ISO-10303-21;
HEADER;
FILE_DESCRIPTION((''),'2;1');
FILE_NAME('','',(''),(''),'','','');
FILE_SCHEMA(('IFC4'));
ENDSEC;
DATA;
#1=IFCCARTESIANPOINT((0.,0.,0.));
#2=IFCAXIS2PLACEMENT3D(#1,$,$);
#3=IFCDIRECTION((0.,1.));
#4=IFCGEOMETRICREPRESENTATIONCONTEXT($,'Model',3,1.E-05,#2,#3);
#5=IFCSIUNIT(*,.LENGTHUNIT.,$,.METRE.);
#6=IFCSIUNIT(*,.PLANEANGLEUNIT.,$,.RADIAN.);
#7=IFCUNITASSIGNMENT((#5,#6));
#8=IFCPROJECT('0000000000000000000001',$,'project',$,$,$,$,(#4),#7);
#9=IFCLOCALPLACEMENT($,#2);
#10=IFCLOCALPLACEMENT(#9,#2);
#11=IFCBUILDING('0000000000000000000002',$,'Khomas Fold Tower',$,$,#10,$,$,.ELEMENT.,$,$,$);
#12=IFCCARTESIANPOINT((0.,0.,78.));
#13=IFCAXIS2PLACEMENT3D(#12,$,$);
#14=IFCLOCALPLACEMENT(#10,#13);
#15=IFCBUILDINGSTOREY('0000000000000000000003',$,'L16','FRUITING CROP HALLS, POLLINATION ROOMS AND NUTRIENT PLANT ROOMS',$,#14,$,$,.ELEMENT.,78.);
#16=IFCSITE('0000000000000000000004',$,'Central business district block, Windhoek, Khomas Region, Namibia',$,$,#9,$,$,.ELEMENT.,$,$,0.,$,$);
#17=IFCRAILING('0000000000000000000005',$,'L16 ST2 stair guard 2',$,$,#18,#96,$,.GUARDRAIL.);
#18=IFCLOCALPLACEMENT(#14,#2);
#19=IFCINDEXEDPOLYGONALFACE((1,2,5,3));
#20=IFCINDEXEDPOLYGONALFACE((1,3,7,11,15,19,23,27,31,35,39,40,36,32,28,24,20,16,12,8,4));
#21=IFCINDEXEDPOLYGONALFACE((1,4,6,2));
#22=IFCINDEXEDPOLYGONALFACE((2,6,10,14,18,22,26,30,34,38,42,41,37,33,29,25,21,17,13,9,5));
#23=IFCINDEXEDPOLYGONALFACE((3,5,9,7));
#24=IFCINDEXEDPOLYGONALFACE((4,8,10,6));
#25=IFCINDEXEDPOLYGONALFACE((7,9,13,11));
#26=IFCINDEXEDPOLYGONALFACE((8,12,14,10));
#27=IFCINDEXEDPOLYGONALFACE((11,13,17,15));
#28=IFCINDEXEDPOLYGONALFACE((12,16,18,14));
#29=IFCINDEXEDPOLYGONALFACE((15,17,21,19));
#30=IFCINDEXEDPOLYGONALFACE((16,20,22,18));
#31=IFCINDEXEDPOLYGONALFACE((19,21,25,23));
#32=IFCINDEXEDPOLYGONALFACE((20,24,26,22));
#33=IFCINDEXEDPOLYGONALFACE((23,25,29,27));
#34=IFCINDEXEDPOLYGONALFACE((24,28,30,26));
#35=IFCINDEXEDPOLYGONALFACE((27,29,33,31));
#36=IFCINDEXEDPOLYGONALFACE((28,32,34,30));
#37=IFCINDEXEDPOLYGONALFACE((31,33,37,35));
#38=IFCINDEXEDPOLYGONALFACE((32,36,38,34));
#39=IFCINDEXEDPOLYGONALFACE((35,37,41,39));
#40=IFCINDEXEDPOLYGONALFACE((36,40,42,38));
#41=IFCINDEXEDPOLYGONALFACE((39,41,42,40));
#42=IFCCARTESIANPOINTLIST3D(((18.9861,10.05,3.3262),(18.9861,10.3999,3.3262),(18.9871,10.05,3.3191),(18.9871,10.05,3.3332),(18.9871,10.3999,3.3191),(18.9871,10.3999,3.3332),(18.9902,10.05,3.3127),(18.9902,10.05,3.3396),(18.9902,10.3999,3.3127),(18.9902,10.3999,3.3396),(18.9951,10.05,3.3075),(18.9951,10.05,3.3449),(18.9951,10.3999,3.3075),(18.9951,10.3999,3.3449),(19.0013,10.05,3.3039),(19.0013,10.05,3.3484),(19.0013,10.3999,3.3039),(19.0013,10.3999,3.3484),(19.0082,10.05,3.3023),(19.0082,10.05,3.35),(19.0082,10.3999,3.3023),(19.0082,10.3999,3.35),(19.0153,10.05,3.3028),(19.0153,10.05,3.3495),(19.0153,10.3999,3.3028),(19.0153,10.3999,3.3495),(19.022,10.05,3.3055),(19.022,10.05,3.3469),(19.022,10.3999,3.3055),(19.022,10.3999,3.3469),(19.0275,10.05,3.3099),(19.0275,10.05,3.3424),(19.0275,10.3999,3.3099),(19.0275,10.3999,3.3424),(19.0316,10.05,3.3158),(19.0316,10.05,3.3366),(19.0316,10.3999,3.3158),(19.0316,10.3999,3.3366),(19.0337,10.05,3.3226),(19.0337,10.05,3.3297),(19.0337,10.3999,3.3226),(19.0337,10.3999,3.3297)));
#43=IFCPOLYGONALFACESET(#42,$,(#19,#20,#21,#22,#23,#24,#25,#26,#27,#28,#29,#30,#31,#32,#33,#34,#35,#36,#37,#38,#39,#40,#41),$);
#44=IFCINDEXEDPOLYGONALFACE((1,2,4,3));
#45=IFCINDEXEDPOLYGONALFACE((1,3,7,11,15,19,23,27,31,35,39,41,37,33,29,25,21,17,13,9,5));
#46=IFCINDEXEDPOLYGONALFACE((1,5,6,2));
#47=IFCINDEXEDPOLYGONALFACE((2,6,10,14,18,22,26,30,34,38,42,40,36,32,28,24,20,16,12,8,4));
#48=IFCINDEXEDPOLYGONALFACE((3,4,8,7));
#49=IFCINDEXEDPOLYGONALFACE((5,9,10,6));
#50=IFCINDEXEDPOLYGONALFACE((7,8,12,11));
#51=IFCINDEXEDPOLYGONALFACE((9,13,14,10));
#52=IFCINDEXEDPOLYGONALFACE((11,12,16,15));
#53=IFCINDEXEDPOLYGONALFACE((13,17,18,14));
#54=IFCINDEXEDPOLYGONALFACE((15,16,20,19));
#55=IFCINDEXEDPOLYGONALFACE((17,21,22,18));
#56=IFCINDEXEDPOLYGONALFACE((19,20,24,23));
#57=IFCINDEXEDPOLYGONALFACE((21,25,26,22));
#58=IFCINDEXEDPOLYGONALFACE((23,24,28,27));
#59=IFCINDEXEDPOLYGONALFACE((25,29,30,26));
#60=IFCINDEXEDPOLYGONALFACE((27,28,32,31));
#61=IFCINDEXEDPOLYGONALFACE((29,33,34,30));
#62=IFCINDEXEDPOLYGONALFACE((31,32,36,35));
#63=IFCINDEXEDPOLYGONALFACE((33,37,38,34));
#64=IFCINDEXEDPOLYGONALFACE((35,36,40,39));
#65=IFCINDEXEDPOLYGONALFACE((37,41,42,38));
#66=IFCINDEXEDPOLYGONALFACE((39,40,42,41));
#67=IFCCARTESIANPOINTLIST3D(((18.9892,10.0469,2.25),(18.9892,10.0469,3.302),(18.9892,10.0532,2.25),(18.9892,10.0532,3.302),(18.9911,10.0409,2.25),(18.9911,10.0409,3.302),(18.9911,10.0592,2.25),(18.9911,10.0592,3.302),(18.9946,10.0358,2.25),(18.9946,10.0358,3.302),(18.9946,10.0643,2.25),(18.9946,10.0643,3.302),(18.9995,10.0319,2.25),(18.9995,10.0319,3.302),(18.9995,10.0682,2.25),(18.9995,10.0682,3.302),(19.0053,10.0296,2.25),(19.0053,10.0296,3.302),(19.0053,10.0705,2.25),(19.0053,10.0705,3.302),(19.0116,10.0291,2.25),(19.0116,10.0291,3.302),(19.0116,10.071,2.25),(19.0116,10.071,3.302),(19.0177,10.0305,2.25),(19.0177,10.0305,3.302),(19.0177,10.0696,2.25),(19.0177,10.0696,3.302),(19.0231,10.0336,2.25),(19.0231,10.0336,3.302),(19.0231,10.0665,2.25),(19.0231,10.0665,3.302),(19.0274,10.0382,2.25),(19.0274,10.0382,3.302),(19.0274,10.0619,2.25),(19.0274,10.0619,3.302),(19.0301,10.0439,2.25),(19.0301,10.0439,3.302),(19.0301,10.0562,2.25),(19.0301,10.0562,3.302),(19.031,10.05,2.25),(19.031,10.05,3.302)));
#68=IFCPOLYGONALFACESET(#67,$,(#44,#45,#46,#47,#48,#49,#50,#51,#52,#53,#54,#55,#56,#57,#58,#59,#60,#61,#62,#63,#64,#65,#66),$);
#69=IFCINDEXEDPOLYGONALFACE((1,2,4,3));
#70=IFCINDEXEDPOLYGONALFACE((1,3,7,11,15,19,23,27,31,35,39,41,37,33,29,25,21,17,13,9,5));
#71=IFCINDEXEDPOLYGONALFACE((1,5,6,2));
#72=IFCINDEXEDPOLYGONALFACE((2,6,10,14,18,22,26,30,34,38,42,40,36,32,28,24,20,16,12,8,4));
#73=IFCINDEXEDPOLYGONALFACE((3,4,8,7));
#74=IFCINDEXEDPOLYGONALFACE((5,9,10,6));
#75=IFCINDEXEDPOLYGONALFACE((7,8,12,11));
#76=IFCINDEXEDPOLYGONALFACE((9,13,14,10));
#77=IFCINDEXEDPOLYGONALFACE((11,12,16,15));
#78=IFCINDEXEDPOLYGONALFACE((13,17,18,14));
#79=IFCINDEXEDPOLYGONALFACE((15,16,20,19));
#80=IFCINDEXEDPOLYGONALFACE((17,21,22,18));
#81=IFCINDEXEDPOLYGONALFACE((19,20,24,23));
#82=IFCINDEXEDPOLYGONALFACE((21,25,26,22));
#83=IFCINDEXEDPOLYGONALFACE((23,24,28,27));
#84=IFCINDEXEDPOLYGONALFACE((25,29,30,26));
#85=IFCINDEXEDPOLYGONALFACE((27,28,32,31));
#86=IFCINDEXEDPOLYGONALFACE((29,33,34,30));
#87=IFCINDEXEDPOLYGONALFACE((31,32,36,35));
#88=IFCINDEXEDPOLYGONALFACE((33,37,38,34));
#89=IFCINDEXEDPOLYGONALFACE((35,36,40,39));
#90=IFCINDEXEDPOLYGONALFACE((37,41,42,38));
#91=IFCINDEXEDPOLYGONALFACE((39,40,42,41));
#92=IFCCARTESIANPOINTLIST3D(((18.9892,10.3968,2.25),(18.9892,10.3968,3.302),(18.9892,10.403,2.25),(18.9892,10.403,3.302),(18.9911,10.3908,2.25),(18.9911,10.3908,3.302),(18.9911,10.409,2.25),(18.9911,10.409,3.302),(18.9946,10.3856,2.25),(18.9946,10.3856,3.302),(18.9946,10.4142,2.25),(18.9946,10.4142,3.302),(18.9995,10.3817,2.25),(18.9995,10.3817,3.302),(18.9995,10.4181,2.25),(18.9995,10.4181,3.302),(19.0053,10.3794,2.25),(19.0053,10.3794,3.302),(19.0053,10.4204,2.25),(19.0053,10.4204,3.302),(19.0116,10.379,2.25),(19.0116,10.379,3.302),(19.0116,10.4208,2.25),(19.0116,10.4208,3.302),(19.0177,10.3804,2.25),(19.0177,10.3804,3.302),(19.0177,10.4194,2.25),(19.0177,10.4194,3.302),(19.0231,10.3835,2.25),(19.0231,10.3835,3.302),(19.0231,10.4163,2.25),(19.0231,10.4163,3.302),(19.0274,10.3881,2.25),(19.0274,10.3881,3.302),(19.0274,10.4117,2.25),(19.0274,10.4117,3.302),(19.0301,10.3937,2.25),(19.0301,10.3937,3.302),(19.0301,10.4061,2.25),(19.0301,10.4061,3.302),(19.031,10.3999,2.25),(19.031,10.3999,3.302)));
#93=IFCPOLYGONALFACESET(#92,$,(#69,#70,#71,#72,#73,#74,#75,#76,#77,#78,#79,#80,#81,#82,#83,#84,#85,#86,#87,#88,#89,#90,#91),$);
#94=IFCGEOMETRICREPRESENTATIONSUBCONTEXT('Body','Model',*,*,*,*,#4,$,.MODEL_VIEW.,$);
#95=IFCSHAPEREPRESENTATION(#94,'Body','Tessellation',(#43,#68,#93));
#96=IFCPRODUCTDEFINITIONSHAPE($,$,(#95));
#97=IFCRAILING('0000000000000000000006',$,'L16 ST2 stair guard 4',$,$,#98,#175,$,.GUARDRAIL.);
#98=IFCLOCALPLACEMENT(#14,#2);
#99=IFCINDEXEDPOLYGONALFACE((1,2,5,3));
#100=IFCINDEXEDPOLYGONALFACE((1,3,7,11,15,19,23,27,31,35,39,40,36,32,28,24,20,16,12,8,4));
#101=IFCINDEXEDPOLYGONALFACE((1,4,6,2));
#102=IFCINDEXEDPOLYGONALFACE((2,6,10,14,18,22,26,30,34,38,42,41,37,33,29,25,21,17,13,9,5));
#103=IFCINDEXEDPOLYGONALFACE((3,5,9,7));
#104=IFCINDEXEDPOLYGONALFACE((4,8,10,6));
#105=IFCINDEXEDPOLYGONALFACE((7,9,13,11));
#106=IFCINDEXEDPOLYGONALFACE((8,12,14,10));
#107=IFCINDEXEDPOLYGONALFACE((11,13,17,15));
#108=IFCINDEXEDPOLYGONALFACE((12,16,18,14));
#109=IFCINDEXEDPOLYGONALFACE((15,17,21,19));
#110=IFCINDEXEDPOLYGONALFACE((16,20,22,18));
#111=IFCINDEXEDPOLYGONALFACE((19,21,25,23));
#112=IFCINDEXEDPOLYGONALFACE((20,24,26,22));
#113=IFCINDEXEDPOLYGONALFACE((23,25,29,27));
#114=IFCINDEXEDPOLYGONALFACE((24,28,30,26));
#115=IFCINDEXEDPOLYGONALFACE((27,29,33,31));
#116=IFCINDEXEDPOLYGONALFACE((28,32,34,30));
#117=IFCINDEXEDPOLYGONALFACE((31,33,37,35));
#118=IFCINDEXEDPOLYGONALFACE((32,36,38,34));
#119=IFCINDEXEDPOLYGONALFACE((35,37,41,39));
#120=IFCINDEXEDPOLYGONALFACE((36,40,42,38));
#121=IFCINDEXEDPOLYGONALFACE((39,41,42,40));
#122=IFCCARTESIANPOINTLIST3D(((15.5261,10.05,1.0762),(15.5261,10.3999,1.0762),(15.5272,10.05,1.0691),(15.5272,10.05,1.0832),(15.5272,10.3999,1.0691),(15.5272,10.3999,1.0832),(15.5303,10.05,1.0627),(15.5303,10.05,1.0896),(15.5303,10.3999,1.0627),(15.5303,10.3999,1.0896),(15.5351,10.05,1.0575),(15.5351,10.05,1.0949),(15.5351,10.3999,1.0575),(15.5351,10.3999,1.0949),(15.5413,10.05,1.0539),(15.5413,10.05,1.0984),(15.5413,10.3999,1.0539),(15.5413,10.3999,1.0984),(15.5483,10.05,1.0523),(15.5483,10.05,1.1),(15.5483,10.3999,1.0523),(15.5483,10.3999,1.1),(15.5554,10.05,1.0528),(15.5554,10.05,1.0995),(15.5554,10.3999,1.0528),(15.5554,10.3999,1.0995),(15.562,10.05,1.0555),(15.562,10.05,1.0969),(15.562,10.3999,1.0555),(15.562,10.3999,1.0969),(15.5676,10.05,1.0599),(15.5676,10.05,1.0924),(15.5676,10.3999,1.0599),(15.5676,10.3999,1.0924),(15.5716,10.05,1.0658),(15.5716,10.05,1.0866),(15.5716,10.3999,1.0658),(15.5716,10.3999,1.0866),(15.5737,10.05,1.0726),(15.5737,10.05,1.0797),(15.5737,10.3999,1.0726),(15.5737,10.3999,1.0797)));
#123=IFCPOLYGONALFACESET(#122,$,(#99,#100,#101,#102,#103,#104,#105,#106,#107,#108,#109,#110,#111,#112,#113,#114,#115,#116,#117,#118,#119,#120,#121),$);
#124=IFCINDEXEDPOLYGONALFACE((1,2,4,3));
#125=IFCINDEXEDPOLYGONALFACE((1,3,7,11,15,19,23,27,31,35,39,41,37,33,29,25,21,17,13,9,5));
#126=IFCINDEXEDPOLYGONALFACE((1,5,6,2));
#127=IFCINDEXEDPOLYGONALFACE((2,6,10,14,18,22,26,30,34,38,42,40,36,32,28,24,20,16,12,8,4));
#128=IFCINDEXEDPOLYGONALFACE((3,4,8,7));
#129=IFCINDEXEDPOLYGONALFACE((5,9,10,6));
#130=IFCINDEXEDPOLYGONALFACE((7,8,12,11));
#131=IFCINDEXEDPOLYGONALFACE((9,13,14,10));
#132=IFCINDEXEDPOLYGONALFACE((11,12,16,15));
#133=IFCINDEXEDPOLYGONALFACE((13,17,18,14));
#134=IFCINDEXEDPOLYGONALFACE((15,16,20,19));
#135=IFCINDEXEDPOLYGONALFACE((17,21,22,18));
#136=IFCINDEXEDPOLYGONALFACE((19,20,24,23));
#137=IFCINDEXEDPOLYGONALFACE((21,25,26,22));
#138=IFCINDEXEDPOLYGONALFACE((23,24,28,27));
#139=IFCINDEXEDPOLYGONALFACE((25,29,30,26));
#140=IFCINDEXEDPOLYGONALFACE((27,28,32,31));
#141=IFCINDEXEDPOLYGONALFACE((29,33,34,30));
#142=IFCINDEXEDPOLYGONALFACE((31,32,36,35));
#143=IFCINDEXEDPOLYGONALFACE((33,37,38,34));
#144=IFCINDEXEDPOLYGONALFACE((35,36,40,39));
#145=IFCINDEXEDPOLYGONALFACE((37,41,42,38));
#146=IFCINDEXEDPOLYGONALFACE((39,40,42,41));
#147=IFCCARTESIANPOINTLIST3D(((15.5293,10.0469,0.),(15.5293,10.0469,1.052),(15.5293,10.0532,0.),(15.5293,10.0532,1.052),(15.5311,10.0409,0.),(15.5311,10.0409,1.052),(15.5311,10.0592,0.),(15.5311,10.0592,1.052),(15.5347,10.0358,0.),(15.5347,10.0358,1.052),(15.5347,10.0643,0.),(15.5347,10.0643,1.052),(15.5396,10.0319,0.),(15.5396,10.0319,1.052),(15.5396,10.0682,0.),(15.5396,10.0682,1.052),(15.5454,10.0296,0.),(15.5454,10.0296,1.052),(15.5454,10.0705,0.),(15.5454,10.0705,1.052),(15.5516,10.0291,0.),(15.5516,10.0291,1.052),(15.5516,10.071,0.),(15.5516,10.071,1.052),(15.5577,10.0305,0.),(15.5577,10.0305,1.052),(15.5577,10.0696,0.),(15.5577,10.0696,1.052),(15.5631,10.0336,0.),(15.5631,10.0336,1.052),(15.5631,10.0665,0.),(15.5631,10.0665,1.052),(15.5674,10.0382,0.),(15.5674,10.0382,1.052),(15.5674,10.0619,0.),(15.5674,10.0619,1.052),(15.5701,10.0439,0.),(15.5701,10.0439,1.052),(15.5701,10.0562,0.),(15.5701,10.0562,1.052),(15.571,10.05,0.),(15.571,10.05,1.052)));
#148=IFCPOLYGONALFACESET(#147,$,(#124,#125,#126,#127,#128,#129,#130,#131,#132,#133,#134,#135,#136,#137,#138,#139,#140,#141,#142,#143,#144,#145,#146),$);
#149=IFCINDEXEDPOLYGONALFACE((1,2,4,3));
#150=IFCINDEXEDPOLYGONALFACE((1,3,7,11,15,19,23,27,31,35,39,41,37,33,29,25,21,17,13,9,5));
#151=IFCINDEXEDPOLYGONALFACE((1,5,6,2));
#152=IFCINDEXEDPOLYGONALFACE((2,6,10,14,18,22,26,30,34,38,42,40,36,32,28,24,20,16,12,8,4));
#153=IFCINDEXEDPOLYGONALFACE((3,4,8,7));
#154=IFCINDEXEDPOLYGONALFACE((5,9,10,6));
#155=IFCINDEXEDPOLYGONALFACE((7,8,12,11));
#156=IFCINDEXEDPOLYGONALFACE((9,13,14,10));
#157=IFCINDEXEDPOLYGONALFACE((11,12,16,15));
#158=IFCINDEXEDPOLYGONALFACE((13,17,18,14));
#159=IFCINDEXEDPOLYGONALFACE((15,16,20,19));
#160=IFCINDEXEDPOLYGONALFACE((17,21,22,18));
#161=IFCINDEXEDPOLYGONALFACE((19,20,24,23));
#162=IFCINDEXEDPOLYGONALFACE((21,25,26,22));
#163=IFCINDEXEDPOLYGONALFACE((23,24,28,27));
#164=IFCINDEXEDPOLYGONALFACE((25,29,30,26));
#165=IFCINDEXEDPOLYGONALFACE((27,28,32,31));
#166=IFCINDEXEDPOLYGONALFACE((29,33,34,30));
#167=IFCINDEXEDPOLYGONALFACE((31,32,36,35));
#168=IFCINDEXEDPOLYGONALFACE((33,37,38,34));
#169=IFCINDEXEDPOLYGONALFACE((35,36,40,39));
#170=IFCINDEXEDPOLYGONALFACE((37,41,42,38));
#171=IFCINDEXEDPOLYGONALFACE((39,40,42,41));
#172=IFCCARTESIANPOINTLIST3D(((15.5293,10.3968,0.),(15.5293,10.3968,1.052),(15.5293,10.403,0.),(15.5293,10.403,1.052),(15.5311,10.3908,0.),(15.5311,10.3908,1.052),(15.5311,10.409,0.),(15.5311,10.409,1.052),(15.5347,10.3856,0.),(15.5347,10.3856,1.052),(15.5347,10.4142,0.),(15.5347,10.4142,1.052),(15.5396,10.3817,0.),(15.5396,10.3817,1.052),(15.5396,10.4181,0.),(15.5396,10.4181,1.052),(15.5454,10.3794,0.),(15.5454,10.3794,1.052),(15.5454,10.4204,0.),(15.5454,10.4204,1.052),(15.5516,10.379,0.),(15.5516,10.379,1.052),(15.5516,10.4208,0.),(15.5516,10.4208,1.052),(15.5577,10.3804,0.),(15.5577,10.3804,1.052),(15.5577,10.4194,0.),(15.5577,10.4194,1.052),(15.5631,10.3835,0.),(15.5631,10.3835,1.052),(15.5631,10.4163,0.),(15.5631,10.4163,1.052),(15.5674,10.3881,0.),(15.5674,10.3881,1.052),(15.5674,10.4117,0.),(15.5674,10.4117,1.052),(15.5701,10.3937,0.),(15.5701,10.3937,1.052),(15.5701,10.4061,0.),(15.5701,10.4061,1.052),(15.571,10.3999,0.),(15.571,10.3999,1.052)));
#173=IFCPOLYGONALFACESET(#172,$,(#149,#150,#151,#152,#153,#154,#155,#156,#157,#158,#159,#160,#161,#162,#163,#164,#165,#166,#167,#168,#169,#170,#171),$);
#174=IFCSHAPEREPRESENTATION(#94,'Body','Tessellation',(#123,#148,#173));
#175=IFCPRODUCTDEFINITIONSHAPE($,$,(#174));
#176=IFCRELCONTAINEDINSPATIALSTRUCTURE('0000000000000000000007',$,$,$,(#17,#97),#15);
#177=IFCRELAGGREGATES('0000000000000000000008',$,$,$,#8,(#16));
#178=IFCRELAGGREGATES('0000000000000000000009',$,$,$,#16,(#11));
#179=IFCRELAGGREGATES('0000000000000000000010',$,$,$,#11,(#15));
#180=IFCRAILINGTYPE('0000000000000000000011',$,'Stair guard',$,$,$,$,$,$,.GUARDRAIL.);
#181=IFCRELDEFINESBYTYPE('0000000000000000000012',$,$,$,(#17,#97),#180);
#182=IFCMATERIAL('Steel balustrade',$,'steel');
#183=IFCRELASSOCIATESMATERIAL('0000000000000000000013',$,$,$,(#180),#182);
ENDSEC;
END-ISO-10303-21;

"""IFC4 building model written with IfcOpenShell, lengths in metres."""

from ifc_helpers import new_model, si_unit, direction, frame, origin, origin_2d, place, context, subcontext, project, spatial, circle, extrude, source, transform, mapped, material, type_object, element, save


model = new_model("IFC4")

# Units and contexts
model_context = context("Model", 3, precision=1e-05, world=origin(), true_north=direction((0.0, 1.0)))
body_context = subcontext(model_context, "Body", "Model", "MODEL_VIEW")
ifc_project = project(units=[si_unit("LENGTHUNIT", "METRE"), si_unit("PLANEANGLEUNIT", "RADIAN")], contexts=[model_context])

# Site, building, storey
site_placement = place(None, origin())
site = spatial("IfcSite", under=ifc_project, at=site_placement, Name="Central business district block, Windhoek, Khomas Region, Namibia", CompositionType="ELEMENT", RefElevation=0.0)
building_placement = place(site_placement, origin())
building = spatial("IfcBuilding", under=site, at=building_placement, Name="Khomas Fold Tower", CompositionType="ELEMENT")
storey_placement = place(building_placement, frame((0.0, 0.0, 78.0)))
storey = spatial("IfcBuildingStorey", under=building, at=storey_placement, Name="L16", Description="FRUITING CROP HALLS, POLLINATION ROOMS AND NUTRIENT PLANT ROOMS", CompositionType="ELEMENT", Elevation=78.0)

# Railings
ifc_material_1 = material(Name="Steel balustrade", Category="steel")
railing_type_1 = type_object("IfcRailingType", Name="Stair guard", PredefinedType="GUARDRAIL", material=ifc_material_1)
shared_shape_1 = source(origin(), body_context, "Body", "SweptSolid", [
    extrude(circle(Radius=0.0239, at=origin_2d()), frame((0.0, 0.0, 1.0762), z_axis=(0.0, 1.0, 0.0), x_axis=(-1.0, 0.0, 0.0)), (0.0, 0.0, 1.0), 0.3499),
    extrude(circle(Radius=0.021, at=origin_2d()), origin(), (0.0, 0.0, 1.0), 1.052),
    extrude(circle(Radius=0.021, at=origin_2d()), frame((0.0, 0.3499, 0.0)), (0.0, 0.0, 1.0), 1.052),
])
for number, where, name in (
    (1, (19.01, 10.05, 2.25), "L16 ST2 stair guard 2"),
    (2, (15.55, 10.05, 0.0), "L16 ST2 stair guard 4"),
):
    element("IfcRailing", number, at=place(storey_placement, frame(where)), inside=storey, type_object=railing_type_1, Name=name, PredefinedType="GUARDRAIL", context=body_context, shape_type="MappedRepresentation", body=[
        mapped(shared_shape_1, transform((0.0, 0.0, 0.0))),
    ])

save(model, "model.ifc")
